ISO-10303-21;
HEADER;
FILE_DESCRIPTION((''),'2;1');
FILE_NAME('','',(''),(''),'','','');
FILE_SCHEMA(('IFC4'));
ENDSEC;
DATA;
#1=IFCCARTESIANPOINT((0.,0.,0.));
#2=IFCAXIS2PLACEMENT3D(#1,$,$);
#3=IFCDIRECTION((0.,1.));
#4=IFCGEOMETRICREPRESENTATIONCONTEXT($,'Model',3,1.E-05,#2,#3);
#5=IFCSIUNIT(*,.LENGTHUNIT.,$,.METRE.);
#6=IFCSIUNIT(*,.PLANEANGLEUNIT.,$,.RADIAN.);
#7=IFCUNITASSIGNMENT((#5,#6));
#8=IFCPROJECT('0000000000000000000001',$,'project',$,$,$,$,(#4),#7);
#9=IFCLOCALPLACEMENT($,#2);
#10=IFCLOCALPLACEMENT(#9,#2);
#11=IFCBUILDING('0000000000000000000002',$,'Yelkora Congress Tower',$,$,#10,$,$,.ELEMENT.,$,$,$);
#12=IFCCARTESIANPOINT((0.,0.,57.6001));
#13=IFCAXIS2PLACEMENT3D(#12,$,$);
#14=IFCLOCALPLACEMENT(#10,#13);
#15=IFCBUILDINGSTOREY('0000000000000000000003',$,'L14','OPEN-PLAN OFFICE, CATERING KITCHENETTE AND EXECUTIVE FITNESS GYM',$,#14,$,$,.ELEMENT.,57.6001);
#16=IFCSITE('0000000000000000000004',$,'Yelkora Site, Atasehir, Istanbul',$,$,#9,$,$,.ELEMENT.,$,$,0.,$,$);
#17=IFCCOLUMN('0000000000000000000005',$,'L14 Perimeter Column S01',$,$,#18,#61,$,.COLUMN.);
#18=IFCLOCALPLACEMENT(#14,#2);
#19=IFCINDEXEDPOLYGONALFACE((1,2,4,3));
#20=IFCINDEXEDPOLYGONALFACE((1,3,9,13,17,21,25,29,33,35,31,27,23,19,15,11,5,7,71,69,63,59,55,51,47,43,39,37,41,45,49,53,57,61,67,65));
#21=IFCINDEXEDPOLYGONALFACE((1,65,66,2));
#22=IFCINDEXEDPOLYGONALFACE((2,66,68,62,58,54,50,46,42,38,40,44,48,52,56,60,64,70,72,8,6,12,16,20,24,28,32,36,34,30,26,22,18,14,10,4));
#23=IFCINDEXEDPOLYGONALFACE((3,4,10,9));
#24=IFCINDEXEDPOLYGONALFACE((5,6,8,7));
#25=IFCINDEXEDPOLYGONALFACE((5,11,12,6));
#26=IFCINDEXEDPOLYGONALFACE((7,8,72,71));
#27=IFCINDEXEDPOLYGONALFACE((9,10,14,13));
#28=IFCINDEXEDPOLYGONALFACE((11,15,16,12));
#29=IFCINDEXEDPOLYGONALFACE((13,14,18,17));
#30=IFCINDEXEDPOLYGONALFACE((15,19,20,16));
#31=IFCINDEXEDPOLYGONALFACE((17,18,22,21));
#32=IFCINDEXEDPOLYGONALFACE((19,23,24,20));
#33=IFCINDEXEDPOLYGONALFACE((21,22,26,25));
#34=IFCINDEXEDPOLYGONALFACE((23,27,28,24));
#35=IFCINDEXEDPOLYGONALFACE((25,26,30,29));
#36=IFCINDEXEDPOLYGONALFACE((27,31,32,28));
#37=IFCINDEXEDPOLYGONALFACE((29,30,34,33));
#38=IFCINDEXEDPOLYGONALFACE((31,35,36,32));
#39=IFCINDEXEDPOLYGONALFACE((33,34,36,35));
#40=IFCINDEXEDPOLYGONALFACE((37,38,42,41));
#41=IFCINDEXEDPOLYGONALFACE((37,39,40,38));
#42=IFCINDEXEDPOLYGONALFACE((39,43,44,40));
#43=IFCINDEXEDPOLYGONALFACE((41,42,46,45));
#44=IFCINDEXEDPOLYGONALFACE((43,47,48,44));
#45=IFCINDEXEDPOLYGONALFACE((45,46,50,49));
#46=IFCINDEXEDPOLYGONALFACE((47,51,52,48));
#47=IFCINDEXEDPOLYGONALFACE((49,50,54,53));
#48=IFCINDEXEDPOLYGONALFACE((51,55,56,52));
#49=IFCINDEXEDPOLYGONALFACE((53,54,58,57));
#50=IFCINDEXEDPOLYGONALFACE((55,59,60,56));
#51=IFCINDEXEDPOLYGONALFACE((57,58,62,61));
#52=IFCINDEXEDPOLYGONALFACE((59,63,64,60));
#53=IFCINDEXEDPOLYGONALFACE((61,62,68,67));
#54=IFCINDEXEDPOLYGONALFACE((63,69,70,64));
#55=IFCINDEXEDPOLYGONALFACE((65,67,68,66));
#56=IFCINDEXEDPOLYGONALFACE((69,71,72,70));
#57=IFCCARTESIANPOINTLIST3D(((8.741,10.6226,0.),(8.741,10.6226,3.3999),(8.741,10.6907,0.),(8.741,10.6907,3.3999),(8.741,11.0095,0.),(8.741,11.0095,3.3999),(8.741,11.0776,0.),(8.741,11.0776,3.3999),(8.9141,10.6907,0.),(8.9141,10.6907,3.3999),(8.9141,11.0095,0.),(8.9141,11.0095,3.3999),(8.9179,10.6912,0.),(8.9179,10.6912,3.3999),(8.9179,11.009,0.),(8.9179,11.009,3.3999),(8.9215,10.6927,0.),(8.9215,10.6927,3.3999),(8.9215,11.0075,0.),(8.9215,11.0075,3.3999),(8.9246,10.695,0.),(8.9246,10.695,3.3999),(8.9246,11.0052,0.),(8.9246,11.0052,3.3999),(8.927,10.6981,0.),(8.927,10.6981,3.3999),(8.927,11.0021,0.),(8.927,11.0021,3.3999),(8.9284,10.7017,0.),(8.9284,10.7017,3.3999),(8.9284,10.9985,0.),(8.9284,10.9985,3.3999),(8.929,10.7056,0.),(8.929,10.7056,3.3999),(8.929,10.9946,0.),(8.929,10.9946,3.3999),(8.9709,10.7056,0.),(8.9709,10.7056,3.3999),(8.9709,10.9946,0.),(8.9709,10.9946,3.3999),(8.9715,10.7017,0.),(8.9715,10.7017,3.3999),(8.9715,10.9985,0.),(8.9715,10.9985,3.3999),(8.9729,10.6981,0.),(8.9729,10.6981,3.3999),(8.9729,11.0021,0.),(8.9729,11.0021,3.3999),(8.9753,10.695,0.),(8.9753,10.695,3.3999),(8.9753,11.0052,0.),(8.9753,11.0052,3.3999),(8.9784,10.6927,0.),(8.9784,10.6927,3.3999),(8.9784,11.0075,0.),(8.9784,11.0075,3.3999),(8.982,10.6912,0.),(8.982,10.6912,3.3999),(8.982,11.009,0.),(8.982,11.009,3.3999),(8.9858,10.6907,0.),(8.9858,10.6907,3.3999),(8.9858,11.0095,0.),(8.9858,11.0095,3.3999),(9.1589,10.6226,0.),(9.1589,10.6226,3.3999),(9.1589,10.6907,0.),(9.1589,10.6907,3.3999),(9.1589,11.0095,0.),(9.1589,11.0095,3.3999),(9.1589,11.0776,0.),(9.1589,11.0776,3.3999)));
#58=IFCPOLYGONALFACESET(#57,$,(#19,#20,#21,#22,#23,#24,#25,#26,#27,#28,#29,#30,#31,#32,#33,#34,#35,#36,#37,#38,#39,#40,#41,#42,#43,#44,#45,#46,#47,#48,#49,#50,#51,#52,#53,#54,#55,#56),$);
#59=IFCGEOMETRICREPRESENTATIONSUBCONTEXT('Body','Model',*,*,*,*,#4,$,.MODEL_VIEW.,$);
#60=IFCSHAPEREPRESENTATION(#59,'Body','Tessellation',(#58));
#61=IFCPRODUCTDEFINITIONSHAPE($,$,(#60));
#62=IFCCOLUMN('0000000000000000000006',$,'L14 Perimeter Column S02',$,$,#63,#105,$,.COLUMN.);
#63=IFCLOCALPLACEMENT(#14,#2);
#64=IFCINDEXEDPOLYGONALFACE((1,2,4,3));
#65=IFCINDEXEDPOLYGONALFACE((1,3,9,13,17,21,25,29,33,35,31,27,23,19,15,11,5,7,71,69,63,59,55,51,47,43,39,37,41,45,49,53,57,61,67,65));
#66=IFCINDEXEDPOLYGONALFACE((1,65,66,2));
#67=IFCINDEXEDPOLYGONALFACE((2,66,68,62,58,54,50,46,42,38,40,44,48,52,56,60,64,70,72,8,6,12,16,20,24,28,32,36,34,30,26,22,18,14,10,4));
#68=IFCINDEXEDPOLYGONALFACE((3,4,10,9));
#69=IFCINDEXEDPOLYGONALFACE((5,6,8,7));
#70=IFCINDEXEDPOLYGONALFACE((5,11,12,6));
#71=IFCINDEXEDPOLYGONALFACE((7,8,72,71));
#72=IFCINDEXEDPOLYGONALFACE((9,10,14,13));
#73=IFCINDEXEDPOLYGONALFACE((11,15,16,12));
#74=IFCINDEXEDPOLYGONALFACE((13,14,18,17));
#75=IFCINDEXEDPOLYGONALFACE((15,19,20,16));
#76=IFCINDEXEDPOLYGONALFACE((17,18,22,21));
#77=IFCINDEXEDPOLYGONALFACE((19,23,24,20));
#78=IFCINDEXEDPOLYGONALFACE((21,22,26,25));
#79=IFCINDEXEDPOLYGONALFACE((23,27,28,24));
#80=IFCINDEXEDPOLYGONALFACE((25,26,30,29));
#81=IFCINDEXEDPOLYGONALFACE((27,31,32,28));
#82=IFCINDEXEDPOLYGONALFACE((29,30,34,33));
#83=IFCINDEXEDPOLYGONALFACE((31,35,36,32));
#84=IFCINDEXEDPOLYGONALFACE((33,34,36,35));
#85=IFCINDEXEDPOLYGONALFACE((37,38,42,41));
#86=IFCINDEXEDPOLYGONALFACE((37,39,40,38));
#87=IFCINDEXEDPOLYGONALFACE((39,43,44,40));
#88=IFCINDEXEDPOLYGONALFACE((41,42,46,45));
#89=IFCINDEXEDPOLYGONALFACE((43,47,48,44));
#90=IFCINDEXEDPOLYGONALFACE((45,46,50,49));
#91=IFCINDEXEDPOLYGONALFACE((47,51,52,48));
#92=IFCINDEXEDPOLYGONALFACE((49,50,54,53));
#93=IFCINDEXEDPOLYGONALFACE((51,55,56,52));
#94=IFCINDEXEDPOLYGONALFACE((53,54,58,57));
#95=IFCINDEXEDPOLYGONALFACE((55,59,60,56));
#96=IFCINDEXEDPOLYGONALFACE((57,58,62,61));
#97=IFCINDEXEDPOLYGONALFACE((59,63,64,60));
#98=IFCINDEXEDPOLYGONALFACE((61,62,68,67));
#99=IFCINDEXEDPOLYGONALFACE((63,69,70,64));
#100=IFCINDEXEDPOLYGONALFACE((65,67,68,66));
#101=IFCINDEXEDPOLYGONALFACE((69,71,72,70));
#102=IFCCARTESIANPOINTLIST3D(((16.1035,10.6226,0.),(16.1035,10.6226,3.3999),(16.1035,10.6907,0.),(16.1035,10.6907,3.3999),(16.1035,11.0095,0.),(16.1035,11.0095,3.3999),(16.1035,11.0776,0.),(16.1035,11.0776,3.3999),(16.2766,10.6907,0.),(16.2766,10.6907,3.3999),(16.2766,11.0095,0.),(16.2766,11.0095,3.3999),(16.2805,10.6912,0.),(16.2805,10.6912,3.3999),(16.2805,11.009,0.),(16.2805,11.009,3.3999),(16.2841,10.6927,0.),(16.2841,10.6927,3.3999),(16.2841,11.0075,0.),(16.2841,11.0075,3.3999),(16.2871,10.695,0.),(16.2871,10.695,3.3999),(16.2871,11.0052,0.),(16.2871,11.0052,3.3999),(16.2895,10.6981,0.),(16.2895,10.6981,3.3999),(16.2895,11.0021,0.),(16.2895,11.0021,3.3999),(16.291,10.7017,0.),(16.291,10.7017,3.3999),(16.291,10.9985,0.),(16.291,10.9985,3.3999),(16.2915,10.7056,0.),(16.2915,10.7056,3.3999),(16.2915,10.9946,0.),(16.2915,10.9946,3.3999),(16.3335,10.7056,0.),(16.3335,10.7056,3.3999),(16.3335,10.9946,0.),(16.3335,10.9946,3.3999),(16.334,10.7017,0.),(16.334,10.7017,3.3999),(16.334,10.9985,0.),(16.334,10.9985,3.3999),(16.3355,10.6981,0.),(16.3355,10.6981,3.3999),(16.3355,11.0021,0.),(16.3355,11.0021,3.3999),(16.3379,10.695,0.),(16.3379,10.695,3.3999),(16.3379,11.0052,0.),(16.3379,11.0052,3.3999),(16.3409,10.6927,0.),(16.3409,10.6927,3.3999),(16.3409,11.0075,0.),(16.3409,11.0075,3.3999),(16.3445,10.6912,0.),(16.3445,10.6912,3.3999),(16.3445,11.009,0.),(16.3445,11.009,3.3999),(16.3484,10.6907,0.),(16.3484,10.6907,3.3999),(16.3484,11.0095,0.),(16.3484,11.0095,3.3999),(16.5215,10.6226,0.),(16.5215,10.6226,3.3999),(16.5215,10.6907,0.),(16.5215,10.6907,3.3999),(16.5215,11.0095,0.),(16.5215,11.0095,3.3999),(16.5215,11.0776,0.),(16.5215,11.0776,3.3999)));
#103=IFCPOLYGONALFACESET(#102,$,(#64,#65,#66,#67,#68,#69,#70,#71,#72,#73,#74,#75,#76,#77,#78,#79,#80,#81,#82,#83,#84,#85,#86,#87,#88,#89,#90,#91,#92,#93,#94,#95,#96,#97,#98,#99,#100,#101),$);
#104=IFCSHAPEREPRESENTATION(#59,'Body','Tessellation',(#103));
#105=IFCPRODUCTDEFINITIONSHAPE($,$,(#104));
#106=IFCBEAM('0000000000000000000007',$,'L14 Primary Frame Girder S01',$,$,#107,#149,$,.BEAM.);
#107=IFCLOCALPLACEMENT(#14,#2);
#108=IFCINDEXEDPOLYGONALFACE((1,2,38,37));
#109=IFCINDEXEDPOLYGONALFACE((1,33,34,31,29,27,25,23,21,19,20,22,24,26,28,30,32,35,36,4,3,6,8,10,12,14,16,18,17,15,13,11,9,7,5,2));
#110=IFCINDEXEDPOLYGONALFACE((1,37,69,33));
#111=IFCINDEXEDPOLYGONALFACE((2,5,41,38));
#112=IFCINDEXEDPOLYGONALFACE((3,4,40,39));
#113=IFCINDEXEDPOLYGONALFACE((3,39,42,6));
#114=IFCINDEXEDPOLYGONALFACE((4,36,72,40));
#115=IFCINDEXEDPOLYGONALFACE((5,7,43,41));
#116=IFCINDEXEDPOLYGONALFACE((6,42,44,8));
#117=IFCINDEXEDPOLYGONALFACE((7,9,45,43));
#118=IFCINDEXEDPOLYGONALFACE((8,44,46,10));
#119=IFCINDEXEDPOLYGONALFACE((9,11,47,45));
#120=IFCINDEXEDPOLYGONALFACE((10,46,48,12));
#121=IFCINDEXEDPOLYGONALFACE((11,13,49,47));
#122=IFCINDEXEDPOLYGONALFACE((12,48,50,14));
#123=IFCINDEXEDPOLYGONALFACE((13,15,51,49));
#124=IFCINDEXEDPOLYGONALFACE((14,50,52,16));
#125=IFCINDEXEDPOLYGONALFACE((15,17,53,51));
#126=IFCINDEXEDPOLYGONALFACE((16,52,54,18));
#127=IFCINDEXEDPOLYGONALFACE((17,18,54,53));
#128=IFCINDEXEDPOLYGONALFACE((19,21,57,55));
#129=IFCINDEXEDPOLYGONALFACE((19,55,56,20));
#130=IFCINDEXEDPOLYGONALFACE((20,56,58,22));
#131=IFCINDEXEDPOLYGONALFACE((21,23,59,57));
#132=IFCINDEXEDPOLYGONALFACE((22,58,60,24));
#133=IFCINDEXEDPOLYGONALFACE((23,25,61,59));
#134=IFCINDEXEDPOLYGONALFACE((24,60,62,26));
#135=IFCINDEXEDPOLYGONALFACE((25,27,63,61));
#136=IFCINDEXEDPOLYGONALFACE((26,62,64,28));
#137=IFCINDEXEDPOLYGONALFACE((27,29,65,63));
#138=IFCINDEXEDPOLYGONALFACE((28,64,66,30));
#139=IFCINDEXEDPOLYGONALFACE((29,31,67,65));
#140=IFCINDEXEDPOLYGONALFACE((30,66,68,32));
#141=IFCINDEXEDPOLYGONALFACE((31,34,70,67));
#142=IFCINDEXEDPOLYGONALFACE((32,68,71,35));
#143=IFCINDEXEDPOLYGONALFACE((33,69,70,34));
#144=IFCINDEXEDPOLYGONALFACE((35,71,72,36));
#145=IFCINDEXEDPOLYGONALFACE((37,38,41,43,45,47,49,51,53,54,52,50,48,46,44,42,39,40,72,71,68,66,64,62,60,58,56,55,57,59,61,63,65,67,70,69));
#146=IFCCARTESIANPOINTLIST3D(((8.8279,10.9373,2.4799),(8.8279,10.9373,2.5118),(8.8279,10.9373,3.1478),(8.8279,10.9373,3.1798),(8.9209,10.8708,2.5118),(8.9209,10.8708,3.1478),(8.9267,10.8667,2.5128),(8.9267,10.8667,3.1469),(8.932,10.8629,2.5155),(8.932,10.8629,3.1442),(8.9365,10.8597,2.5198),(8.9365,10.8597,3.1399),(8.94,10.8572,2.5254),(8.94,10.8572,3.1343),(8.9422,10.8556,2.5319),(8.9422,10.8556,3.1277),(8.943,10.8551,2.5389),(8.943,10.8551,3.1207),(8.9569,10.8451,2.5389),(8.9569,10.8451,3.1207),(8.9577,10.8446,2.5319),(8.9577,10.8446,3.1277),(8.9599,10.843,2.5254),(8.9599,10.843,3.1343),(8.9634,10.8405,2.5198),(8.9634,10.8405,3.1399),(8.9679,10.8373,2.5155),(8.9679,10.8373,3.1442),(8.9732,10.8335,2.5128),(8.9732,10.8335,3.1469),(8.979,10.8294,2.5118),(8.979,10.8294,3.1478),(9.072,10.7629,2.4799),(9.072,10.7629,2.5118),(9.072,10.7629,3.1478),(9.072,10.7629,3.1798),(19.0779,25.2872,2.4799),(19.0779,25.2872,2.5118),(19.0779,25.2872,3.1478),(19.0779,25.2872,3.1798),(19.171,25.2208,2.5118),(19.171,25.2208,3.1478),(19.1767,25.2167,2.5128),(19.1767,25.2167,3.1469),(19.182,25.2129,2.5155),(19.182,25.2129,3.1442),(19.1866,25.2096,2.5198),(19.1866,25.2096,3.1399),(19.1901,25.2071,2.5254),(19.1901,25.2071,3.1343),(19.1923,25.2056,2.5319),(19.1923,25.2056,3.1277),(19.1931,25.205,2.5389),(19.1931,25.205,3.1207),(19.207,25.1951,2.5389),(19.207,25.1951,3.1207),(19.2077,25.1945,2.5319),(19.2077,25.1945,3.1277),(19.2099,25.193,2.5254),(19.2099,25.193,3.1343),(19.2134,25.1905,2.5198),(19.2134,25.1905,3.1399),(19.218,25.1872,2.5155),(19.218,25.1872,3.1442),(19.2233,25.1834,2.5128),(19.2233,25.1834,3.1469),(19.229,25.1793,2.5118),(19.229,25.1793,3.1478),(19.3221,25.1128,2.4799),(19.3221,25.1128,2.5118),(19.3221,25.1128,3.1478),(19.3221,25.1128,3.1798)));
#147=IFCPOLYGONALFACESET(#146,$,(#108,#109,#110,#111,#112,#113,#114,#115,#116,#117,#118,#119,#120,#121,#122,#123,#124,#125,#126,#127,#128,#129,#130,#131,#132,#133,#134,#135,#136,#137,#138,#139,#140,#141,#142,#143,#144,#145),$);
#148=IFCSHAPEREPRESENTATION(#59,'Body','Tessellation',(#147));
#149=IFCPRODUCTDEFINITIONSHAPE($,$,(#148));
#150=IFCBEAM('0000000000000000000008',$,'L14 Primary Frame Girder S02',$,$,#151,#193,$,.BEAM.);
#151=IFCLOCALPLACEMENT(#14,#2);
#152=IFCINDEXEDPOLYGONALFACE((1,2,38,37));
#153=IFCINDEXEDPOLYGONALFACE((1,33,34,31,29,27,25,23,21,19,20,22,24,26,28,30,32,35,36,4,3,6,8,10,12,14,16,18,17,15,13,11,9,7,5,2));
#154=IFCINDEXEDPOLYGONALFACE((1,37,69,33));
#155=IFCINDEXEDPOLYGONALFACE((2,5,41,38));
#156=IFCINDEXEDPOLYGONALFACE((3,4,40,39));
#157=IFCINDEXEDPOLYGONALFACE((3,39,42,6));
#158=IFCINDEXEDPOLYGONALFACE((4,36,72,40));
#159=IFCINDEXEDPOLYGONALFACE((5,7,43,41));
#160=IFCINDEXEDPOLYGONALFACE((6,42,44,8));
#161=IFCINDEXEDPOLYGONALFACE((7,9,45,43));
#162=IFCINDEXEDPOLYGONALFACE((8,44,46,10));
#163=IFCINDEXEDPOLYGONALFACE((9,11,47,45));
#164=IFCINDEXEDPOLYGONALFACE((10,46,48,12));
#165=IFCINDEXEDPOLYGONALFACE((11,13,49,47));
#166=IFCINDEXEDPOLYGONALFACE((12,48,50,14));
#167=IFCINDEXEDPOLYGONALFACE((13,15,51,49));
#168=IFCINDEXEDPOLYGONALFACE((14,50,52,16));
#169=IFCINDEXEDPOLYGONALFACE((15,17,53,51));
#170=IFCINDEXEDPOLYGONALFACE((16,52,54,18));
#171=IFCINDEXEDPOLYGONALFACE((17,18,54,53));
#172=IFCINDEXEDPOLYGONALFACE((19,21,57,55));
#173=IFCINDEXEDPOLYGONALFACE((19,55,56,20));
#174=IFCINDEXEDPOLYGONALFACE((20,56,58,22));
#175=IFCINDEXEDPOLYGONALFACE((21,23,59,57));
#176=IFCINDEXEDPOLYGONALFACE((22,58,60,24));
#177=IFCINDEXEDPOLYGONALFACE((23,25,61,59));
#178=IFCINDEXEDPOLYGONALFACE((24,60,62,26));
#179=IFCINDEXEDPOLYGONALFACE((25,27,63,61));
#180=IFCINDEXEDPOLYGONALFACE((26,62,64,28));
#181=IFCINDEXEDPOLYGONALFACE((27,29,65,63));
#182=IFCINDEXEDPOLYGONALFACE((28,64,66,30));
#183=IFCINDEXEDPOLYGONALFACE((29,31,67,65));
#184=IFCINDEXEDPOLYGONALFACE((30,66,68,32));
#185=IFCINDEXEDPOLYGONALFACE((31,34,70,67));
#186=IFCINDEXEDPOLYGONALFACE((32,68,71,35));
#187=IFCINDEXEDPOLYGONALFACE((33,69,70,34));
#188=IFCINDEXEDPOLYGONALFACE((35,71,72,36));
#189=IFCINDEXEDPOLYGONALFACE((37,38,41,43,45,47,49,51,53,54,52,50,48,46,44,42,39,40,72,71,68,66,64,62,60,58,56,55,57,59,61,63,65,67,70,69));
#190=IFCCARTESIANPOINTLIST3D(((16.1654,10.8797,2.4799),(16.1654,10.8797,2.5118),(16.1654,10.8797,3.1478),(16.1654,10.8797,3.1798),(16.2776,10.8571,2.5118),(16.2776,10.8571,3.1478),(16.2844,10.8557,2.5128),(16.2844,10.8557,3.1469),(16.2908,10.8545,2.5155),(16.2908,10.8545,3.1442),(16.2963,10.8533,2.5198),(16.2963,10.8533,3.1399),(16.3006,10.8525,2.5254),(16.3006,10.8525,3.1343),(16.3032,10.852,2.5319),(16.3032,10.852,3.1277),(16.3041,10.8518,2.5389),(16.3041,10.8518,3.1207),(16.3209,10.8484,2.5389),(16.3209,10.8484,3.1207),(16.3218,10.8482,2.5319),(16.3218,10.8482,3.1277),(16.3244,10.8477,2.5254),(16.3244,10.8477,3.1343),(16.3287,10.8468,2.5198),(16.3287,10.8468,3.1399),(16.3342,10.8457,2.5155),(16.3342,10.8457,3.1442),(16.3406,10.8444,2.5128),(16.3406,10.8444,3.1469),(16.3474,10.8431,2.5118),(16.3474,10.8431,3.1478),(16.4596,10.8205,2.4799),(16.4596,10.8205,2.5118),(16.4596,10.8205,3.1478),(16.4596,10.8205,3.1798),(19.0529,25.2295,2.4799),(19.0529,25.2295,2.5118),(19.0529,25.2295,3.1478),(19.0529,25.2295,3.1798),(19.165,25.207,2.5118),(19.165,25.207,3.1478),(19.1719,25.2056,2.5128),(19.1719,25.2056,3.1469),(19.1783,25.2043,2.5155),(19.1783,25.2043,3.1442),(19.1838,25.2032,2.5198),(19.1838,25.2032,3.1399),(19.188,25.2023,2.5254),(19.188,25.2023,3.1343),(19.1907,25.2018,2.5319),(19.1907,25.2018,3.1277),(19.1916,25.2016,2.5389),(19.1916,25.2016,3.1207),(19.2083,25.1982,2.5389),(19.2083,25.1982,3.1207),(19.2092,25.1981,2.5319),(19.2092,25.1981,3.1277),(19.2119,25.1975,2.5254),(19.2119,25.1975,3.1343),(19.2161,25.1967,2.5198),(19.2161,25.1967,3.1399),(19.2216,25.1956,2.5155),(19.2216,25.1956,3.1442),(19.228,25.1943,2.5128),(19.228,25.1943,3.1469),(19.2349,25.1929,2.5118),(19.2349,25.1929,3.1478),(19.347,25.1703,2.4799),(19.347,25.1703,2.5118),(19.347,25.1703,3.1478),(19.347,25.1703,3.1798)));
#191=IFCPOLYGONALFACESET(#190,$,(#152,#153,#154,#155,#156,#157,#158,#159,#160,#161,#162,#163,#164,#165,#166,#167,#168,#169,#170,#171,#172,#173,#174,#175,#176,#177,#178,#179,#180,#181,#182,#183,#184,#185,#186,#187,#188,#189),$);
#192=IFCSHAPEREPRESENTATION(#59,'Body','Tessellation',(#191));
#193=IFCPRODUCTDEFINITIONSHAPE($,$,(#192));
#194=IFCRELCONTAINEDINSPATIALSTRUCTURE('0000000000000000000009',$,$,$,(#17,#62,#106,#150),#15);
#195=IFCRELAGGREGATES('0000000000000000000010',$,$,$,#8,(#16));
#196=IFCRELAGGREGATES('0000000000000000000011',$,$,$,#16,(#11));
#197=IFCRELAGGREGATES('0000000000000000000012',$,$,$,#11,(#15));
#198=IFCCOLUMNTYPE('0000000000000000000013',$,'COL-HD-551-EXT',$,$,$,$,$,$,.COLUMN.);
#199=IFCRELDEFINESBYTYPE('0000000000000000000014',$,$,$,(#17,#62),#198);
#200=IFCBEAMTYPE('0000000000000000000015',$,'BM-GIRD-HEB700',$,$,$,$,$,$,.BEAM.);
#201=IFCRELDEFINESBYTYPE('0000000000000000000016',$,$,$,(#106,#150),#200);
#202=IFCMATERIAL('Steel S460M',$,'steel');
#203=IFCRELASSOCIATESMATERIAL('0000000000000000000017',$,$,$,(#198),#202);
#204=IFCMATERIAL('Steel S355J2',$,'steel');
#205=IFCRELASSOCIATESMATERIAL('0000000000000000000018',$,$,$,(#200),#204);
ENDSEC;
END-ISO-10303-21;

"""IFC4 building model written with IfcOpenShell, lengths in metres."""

from ifc_helpers import new_model, si_unit, direction, frame, origin, origin_2d, place, context, subcontext, project, spatial, i_section, extrude, material, material_profile, profile_set, type_object, element, save


model = new_model("IFC4")

# Units and contexts
model_context = context("Model", 3, precision=1e-05, world=origin(), true_north=direction((0.0, 1.0)))
body_context = subcontext(model_context, "Body", "Model", "MODEL_VIEW")
ifc_project = project(units=[si_unit("LENGTHUNIT", "METRE"), si_unit("PLANEANGLEUNIT", "RADIAN")], contexts=[model_context])

# Site, building, storey
site_placement = place(None, origin())
site = spatial("IfcSite", under=ifc_project, at=site_placement, Name="Yelkora Site, Atasehir, Istanbul", CompositionType="ELEMENT", RefElevation=0.0)
building_placement = place(site_placement, origin())
building = spatial("IfcBuilding", under=site, at=building_placement, Name="Yelkora Congress Tower", CompositionType="ELEMENT")
storey_placement = place(building_placement, frame((0.0, 0.0, 57.6001)))
storey = spatial("IfcBuildingStorey", under=building, at=storey_placement, Name="L14", Description="OPEN-PLAN OFFICE, CATERING KITCHENETTE AND EXECUTIVE FITNESS GYM", CompositionType="ELEMENT", Elevation=57.6001)

# Columns
ifc_material_1 = material(Name="Steel S460M", Category="steel")
ifc_material_profile_1 = material_profile(ifc_material_1, i_section(OverallWidth=0.418, OverallDepth=0.4551, WebThickness=0.042, FlangeThickness=0.0681, FilletRadius=0.0149, at=origin_2d()), Name="HD 400x551")
ifc_profile_set_1 = profile_set([ifc_material_profile_1], Name="Steel S460M")
column_type = type_object("IfcColumnType", Name="COL-HD-551-EXT", PredefinedType="COLUMN", material=ifc_profile_set_1)
for number, where, z_axis, x_axis, name in (
    (1, (8.95, 10.8501, 0.0), (0.0, 0.0, 1.0), (1.0, 0.0, 0.0), "L14 Perimeter Column S01"),
    (2, (16.3125, 10.8501, 0.0), (0.0, 0.0, 1.0), (1.0, 0.0, 0.0), "L14 Perimeter Column S02"),
):
    element("IfcColumn", number, at=place(storey_placement, frame(where, z_axis=z_axis, x_axis=x_axis)), inside=storey, type_object=column_type, Name=name, PredefinedType="COLUMN", context=body_context, shape_type="SweptSolid", body=[
        extrude(i_section(OverallWidth=0.418, OverallDepth=0.4551, WebThickness=0.042, FlangeThickness=0.0681, FilletRadius=0.0149, at=origin_2d()), origin(), (0.0, 0.0, 1.0), 3.3999),
    ])

# Beams
ifc_material_2 = material(Name="Steel S355J2", Category="steel")
ifc_material_profile_2 = material_profile(ifc_material_2, i_section(OverallWidth=0.3, OverallDepth=0.7, WebThickness=0.0171, FlangeThickness=0.032, FilletRadius=0.0271, at=origin_2d()), Name="HEB 700")
ifc_profile_set_2 = profile_set([ifc_material_profile_2], Name="Steel S355J2")
beam_type_1 = type_object("IfcBeamType", Name="BM-GIRD-HEB700", PredefinedType="BEAM", material=ifc_profile_set_2)
beam_1_placement = place(storey_placement, frame((8.95, 10.8501, 2.8298), z_axis=(0.581242, 0.813731, 0.0), x_axis=(-0.813731, 0.581242, 0.0)))
element("IfcBeam", 3, at=beam_1_placement, inside=storey, type_object=beam_type_1, Name="L14 Primary Frame Girder S01", PredefinedType="BEAM", context=body_context, shape_type="SweptSolid", body=[
    extrude(i_section(OverallWidth=0.3, OverallDepth=0.7, WebThickness=0.0171, FlangeThickness=0.032, FilletRadius=0.0271, at=origin_2d()), origin(), (0.0, 0.0, 1.0), 17.6348),
])
beam_2_placement = place(storey_placement, frame((16.3125, 10.8501, 2.8298), z_axis=(0.197264, 0.98035, 0.0), x_axis=(-0.98035, 0.197264, 0.0)))
element("IfcBeam", 4, at=beam_2_placement, inside=storey, type_object=beam_type_1, Name="L14 Primary Frame Girder S02", PredefinedType="BEAM", context=body_context, shape_type="SweptSolid", body=[
    extrude(i_section(OverallWidth=0.3, OverallDepth=0.7, WebThickness=0.0171, FlangeThickness=0.032, FilletRadius=0.0271, at=origin_2d()), origin(), (0.0, 0.0, 1.0), 14.6375),
])

save(model, "model.ifc")
